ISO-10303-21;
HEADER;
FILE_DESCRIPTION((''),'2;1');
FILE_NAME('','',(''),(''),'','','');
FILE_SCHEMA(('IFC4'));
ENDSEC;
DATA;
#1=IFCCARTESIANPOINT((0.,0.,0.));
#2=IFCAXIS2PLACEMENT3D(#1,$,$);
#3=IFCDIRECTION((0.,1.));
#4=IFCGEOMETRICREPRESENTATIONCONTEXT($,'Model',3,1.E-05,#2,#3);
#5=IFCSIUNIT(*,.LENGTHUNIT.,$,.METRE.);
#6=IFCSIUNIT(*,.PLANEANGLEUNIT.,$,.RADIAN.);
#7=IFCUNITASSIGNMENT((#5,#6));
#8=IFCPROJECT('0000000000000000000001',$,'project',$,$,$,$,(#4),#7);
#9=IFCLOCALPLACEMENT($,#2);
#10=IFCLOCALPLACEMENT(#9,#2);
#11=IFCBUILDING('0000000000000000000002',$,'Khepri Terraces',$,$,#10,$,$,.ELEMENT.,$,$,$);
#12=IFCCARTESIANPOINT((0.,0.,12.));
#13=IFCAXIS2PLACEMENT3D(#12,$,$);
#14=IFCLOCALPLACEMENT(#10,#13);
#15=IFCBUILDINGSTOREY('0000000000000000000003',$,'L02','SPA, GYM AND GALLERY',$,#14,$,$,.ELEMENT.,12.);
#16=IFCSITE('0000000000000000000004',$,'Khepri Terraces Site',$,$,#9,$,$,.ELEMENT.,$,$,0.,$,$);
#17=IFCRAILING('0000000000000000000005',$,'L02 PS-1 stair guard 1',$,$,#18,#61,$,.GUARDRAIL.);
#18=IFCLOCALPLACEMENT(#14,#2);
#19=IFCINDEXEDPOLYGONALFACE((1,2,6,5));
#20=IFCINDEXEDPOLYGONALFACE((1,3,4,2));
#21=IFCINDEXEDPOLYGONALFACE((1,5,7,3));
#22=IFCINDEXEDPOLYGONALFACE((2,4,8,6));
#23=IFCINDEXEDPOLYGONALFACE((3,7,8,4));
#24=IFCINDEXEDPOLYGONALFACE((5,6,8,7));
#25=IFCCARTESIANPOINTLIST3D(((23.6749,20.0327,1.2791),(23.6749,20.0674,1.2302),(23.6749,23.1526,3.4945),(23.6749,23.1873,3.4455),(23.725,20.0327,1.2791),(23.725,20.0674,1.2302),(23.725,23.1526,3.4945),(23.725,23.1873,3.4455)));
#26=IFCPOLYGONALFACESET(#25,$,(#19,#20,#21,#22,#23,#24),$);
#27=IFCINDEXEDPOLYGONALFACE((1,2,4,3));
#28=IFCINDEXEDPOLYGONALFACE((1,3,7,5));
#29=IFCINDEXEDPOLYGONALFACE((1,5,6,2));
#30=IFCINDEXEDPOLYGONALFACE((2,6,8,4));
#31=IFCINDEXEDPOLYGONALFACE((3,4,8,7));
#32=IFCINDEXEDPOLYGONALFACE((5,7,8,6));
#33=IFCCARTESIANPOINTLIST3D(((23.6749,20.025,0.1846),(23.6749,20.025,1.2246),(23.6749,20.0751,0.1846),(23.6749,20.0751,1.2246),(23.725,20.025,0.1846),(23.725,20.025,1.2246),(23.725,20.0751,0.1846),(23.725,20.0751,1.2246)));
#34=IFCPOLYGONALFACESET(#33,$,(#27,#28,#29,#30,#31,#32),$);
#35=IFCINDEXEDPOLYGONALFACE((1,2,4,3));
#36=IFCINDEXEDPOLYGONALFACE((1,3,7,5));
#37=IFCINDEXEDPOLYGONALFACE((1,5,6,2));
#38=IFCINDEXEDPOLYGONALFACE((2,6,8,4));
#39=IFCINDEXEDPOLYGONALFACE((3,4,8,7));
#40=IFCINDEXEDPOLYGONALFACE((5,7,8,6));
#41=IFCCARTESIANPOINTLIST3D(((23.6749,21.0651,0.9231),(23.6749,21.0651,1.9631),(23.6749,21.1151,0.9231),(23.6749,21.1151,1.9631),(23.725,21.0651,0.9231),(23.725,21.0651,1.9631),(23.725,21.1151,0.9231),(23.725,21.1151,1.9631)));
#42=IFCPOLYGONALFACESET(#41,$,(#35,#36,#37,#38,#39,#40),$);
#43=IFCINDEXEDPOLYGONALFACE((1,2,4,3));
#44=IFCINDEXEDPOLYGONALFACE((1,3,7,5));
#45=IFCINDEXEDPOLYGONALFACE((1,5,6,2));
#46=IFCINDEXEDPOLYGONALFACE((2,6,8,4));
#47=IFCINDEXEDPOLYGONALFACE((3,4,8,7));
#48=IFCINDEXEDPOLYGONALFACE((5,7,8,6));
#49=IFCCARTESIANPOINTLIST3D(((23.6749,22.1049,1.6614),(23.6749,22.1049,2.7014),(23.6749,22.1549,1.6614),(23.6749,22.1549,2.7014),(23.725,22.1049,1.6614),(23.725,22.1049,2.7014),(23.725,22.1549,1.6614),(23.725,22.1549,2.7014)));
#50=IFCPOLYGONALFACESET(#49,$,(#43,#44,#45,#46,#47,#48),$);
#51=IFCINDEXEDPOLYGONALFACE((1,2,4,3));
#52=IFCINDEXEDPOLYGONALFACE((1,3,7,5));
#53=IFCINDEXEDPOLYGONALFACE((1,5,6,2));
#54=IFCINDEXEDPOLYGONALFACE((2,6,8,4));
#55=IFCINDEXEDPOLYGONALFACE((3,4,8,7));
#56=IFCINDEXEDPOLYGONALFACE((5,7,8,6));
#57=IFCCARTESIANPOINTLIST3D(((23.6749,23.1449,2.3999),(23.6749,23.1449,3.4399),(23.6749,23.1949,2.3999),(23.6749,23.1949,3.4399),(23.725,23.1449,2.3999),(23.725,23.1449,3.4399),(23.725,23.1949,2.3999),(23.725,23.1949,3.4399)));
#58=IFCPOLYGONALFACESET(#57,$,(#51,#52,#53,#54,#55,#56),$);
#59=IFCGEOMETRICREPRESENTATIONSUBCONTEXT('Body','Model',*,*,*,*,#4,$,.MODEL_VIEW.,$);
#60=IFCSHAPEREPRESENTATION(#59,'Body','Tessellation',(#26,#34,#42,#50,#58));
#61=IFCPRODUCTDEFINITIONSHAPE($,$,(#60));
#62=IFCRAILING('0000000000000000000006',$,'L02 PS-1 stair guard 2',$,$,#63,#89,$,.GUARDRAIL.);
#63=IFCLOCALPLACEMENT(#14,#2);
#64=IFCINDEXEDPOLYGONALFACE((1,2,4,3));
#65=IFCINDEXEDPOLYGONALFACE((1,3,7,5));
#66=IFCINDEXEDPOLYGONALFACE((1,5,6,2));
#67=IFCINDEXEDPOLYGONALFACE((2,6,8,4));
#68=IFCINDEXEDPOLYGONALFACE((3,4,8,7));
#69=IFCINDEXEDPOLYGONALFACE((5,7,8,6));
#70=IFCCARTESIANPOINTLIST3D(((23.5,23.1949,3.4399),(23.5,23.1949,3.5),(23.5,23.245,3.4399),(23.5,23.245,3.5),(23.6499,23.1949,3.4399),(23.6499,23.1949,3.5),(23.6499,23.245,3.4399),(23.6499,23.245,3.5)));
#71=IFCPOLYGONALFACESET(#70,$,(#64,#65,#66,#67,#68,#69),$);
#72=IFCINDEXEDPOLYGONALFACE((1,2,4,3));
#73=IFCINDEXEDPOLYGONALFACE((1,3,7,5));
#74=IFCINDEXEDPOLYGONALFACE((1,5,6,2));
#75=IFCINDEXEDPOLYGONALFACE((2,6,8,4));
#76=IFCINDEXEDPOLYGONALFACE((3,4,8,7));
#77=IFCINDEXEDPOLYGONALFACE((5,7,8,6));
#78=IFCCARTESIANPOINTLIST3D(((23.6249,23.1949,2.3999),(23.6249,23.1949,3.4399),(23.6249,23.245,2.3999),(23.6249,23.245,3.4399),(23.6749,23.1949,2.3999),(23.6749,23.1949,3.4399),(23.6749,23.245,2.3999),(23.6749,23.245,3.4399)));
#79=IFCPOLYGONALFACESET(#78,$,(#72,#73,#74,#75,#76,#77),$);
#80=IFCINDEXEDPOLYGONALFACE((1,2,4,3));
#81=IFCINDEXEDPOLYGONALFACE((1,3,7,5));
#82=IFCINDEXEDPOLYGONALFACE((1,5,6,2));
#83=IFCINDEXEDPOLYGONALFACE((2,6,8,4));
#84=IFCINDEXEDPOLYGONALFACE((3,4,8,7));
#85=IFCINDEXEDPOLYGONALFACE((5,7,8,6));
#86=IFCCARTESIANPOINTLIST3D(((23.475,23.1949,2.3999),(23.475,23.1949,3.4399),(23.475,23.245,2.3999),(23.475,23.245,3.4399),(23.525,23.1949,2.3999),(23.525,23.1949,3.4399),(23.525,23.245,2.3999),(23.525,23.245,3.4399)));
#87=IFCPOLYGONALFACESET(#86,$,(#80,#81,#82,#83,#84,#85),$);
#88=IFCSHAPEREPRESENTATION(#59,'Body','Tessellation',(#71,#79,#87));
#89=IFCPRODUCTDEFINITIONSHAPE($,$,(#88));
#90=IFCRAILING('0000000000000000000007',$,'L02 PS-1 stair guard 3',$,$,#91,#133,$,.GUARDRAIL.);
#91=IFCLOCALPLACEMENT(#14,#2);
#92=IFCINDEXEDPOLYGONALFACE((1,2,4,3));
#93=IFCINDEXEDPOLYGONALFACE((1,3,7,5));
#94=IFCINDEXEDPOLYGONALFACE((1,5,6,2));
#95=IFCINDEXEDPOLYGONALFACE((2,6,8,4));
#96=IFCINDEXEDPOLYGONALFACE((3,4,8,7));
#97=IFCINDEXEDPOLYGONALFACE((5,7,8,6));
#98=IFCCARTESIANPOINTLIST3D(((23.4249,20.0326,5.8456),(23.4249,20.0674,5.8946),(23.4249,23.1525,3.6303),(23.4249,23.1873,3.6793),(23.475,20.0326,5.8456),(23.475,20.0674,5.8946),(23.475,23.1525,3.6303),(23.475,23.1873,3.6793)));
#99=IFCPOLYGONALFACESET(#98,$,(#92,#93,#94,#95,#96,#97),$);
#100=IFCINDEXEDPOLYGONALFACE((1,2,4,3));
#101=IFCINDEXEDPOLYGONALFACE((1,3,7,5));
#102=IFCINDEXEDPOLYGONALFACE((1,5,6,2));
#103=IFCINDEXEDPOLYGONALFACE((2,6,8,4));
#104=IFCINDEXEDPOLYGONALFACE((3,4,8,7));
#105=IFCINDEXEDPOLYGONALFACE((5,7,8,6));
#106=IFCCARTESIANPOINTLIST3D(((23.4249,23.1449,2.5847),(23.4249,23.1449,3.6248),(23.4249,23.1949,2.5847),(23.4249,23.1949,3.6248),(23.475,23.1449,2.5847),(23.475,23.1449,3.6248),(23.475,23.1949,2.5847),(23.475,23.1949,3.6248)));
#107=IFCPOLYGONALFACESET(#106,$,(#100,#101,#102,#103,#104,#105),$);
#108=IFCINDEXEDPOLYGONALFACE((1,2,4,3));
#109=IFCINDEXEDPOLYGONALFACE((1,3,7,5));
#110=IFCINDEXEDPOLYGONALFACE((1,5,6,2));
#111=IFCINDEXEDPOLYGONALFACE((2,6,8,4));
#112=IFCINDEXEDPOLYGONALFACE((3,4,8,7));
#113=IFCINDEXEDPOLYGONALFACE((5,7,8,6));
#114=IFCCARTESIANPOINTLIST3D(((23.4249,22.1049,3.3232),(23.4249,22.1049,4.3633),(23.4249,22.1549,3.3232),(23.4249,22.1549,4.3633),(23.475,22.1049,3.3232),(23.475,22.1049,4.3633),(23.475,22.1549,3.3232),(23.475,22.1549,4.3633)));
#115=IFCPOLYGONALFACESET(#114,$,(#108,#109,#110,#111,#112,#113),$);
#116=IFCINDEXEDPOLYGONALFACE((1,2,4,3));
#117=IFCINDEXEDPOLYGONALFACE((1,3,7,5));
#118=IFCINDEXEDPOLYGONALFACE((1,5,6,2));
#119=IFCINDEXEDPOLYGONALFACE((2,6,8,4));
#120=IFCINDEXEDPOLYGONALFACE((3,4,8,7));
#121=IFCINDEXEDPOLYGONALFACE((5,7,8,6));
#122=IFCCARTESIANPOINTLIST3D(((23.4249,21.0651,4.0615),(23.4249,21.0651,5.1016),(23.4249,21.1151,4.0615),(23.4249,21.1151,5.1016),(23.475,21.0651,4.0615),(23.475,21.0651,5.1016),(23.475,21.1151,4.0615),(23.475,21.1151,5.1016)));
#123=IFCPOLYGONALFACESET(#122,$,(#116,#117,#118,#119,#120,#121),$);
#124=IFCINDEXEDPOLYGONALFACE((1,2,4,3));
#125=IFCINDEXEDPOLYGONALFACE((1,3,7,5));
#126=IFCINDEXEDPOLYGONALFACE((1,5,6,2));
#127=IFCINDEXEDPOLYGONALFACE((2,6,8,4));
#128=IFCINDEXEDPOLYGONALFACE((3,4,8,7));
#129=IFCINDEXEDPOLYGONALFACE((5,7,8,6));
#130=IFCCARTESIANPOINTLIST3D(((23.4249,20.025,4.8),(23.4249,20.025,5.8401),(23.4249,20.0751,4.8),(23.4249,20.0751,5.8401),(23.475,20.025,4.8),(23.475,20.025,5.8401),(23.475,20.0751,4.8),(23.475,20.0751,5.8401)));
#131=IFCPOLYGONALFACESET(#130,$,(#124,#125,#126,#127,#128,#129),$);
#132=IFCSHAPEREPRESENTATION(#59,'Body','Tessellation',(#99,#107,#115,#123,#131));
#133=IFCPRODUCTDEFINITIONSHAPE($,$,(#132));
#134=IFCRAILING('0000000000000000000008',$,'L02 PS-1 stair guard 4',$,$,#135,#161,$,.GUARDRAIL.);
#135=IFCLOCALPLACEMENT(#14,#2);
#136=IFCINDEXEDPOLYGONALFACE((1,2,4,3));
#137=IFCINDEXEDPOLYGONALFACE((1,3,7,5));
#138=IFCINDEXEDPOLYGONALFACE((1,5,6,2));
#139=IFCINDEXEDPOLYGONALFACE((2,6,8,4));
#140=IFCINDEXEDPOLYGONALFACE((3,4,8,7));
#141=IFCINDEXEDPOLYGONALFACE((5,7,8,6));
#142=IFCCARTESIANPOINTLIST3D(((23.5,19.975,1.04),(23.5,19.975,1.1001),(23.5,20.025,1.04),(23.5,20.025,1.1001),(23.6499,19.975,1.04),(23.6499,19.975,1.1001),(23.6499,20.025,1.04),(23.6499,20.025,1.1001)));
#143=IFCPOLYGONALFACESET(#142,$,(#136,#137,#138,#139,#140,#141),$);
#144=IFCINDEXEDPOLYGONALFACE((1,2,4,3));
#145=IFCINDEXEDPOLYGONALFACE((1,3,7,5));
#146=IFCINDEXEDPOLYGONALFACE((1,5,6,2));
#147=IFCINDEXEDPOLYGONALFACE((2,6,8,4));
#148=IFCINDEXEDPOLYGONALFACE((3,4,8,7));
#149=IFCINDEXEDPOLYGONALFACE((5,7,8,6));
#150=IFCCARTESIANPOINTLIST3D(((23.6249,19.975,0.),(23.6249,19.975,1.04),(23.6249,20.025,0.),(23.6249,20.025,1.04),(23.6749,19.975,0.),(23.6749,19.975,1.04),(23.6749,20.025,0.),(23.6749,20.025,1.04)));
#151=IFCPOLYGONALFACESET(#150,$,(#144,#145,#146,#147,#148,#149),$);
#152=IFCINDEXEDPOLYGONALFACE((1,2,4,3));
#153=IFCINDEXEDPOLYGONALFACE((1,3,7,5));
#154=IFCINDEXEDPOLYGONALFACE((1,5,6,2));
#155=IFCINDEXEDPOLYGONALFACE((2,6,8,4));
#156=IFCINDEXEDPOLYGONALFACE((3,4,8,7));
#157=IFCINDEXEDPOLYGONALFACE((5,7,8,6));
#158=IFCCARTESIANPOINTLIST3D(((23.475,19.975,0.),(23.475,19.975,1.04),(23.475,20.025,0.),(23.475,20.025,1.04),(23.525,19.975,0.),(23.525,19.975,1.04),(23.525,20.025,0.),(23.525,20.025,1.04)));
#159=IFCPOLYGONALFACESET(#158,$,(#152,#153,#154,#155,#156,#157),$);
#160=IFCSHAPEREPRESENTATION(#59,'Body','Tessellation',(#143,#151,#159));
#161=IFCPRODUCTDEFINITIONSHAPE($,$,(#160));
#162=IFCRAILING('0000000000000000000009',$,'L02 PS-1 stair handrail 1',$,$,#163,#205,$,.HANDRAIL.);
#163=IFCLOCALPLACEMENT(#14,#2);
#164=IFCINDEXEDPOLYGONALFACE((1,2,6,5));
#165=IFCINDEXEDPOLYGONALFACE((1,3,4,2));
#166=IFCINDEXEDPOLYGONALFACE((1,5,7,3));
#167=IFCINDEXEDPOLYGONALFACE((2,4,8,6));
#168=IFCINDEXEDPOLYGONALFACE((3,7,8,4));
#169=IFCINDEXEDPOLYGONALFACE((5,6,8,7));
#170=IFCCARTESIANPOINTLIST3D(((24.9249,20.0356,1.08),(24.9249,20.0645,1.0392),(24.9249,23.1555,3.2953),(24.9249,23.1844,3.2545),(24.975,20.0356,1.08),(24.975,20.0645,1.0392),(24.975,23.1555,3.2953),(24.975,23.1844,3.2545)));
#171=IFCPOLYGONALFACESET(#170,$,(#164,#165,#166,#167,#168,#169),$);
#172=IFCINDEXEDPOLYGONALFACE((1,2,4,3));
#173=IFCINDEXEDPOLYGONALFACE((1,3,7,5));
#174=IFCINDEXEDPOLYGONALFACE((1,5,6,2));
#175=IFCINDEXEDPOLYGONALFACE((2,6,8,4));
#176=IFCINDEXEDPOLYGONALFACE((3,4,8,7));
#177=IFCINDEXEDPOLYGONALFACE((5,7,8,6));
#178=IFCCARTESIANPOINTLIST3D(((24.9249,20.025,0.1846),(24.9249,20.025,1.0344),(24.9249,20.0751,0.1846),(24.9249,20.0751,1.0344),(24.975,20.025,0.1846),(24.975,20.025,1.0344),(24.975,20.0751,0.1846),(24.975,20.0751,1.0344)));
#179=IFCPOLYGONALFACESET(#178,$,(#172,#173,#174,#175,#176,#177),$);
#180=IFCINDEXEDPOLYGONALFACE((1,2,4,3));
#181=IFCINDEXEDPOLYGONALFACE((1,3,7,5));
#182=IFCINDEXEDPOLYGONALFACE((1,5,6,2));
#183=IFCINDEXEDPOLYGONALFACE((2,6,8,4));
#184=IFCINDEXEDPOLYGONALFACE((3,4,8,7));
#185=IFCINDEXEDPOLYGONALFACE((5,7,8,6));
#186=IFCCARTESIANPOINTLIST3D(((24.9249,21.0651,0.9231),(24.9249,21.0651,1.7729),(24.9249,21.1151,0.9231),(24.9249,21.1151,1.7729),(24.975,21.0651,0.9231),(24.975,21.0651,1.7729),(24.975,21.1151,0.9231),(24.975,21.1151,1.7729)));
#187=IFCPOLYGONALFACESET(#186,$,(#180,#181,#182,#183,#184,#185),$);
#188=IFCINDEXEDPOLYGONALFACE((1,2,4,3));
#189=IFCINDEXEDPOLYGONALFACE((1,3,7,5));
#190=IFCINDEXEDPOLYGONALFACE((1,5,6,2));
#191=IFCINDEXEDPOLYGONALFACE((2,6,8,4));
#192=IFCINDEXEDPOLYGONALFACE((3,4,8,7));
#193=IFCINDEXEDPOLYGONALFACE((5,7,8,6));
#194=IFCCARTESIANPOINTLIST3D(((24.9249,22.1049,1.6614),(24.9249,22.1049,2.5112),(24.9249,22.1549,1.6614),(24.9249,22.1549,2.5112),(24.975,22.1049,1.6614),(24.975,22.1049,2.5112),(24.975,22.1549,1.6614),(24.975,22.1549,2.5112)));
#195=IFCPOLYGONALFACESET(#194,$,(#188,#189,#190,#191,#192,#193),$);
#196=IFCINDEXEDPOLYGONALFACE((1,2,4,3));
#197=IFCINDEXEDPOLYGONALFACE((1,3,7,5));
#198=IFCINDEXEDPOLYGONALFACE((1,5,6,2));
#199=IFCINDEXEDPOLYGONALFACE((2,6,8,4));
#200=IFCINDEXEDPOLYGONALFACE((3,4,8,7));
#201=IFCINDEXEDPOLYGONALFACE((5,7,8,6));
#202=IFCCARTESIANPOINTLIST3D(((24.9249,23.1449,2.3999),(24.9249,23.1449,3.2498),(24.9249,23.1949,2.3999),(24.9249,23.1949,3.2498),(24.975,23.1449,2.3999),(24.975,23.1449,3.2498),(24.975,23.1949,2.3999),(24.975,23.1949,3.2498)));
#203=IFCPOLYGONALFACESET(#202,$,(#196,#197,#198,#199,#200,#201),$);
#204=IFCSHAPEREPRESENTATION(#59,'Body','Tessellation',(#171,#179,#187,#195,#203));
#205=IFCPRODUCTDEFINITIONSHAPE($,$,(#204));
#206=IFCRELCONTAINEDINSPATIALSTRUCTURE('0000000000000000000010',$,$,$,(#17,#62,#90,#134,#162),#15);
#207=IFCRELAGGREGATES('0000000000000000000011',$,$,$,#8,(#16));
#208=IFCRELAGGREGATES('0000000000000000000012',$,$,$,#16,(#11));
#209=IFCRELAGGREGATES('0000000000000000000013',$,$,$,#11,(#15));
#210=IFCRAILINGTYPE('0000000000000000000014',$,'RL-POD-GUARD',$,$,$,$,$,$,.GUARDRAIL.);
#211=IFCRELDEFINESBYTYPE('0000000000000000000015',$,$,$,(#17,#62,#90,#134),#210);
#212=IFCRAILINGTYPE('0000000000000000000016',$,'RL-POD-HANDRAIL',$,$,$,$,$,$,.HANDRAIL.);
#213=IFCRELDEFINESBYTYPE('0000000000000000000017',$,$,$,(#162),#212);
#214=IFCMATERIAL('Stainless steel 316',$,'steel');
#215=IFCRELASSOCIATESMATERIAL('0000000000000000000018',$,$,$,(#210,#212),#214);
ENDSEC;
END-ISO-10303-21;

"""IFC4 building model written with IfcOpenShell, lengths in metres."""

from ifc_helpers import new_model, si_unit, direction, frame, origin, origin_2d, place, context, subcontext, project, spatial, rectangle, extrude, material, type_object, element, save


model = new_model("IFC4")

# Units and contexts
model_context = context("Model", 3, precision=1e-05, world=origin(), true_north=direction((0.0, 1.0)))
body_context = subcontext(model_context, "Body", "Model", "MODEL_VIEW")
ifc_project = project(units=[si_unit("LENGTHUNIT", "METRE"), si_unit("PLANEANGLEUNIT", "RADIAN")], contexts=[model_context])

# Site, building, storey
site_placement = place(None, origin())
site = spatial("IfcSite", under=ifc_project, at=site_placement, Name="Khepri Terraces Site", CompositionType="ELEMENT", RefElevation=0.0)
building_placement = place(site_placement, origin())
building = spatial("IfcBuilding", under=site, at=building_placement, Name="Khepri Terraces", CompositionType="ELEMENT")
storey_placement = place(building_placement, frame((0.0, 0.0, 12.0)))
storey = spatial("IfcBuildingStorey", under=building, at=storey_placement, Name="L02", Description="SPA, GYM AND GALLERY", CompositionType="ELEMENT", Elevation=12.0)

# Railings
ifc_material_1 = material(Name="Stainless steel 316", Category="steel")
railing_type_1 = type_object("IfcRailingType", Name="RL-POD-GUARD", PredefinedType="GUARDRAIL", material=ifc_material_1)
railing_1_placement = place(storey_placement, frame((23.7, 20.05, 0.1846)))
element("IfcRailing", 1, at=railing_1_placement, inside=storey, type_object=railing_type_1, Name="L02 PS-1 stair guard 1", PredefinedType="GUARDRAIL", context=body_context, shape_type="SweptSolid", body=[
    extrude(rectangle(XDim=0.05, YDim=0.0601, at=origin_2d()), frame((0.0, 0.0, 1.0701), z_axis=(0.0, 0.815356, 0.578961), x_axis=(-1.0, 0.0, 0.0)), (0.0, 0.0, 1.0), 3.8264),
    extrude(rectangle(XDim=0.05, YDim=0.05, at=origin_2d()), origin(), (0.0, 0.0, 1.0), 1.04),
    extrude(rectangle(XDim=0.05, YDim=0.05, at=origin_2d()), frame((0.0, 1.04, 0.7385)), (0.0, 0.0, 1.0), 1.04),
    extrude(rectangle(XDim=0.05, YDim=0.05, at=origin_2d()), frame((0.0, 2.0798, 1.4768)), (0.0, 0.0, 1.0), 1.04),
    extrude(rectangle(XDim=0.05, YDim=0.05, at=origin_2d()), frame((0.0, 3.1199, 2.2153)), (0.0, 0.0, 1.0), 1.04),
])
railing_2_placement = place(storey_placement, frame((23.6499, 23.22, 2.3999)))
element("IfcRailing", 2, at=railing_2_placement, inside=storey, type_object=railing_type_1, Name="L02 PS-1 stair guard 2", PredefinedType="GUARDRAIL", context=body_context, shape_type="SweptSolid", body=[
    extrude(rectangle(XDim=0.05, YDim=0.0601, at=origin_2d()), frame((0.0, 0.0, 1.0701), z_axis=(-1.0, 0.0, 0.0), x_axis=(0.0, -1.0, 0.0)), (0.0, 0.0, 1.0), 0.1499),
    extrude(rectangle(XDim=0.05, YDim=0.05, at=origin_2d()), origin(), (0.0, 0.0, 1.0), 1.04),
    extrude(rectangle(XDim=0.05, YDim=0.05, at=origin_2d()), frame((-0.1499, 0.0, 0.0)), (0.0, 0.0, 1.0), 1.04),
])
railing_3_placement = place(storey_placement, frame((23.45, 23.1699, 2.5847)))
element("IfcRailing", 3, at=railing_3_placement, inside=storey, type_object=railing_type_1, Name="L02 PS-1 stair guard 3", PredefinedType="GUARDRAIL", context=body_context, shape_type="SweptSolid", body=[
    extrude(rectangle(XDim=0.05, YDim=0.0601, at=origin_2d()), frame((0.0, 0.0, 1.0701), z_axis=(0.0, -0.815356, 0.578961), x_axis=(1.0, 0.0, 0.0)), (0.0, 0.0, 1.0), 3.8264),
    extrude(rectangle(XDim=0.05, YDim=0.05, at=origin_2d()), origin(), (0.0, 0.0, 1.0), 1.04),
    extrude(rectangle(XDim=0.05, YDim=0.05, at=origin_2d()), frame((0.0, -1.04, 0.7385)), (0.0, 0.0, 1.0), 1.04),
    extrude(rectangle(XDim=0.05, YDim=0.05, at=origin_2d()), frame((0.0, -2.0798, 1.4768)), (0.0, 0.0, 1.0), 1.04),
    extrude(rectangle(XDim=0.05, YDim=0.05, at=origin_2d()), frame((0.0, -3.1199, 2.2153)), (0.0, 0.0, 1.0), 1.04),
])
railing_4_placement = place(storey_placement, frame((23.6499, 20.0, 0.0)))
element("IfcRailing", 4, at=railing_4_placement, inside=storey, type_object=railing_type_1, Name="L02 PS-1 stair guard 4", PredefinedType="GUARDRAIL", context=body_context, shape_type="SweptSolid", body=[
    extrude(rectangle(XDim=0.05, YDim=0.0601, at=origin_2d()), frame((0.0, 0.0, 1.0701), z_axis=(-1.0, 0.0, 0.0), x_axis=(0.0, -1.0, 0.0)), (0.0, 0.0, 1.0), 0.1499),
    extrude(rectangle(XDim=0.05, YDim=0.05, at=origin_2d()), origin(), (0.0, 0.0, 1.0), 1.04),
    extrude(rectangle(XDim=0.05, YDim=0.05, at=origin_2d()), frame((-0.1499, 0.0, 0.0)), (0.0, 0.0, 1.0), 1.04),
])
railing_type_2 = type_object("IfcRailingType", Name="RL-POD-HANDRAIL", PredefinedType="HANDRAIL", material=ifc_material_1)
railing_5_placement = place(storey_placement, frame((24.95, 20.05, 0.1846)))
element("IfcRailing", 5, at=railing_5_placement, inside=storey, type_object=railing_type_2, Name="L02 PS-1 stair handrail 1", PredefinedType="HANDRAIL", context=body_context, shape_type="SweptSolid", body=[
    extrude(rectangle(XDim=0.05, YDim=0.05, at=origin_2d()), frame((0.0, 0.0, 0.875), z_axis=(0.0, 0.815356, 0.578961), x_axis=(-1.0, 0.0, 0.0)), (0.0, 0.0, 1.0), 3.8264),
    extrude(rectangle(XDim=0.05, YDim=0.05, at=origin_2d()), origin(), (0.0, 0.0, 1.0), 0.8499),
    extrude(rectangle(XDim=0.05, YDim=0.05, at=origin_2d()), frame((0.0, 1.04, 0.7385)), (0.0, 0.0, 1.0), 0.8499),
    extrude(rectangle(XDim=0.05, YDim=0.05, at=origin_2d()), frame((0.0, 2.0798, 1.4768)), (0.0, 0.0, 1.0), 0.8499),
    extrude(rectangle(XDim=0.05, YDim=0.05, at=origin_2d()), frame((0.0, 3.1199, 2.2153)), (0.0, 0.0, 1.0), 0.8499),
])

save(model, "model.ifc")
